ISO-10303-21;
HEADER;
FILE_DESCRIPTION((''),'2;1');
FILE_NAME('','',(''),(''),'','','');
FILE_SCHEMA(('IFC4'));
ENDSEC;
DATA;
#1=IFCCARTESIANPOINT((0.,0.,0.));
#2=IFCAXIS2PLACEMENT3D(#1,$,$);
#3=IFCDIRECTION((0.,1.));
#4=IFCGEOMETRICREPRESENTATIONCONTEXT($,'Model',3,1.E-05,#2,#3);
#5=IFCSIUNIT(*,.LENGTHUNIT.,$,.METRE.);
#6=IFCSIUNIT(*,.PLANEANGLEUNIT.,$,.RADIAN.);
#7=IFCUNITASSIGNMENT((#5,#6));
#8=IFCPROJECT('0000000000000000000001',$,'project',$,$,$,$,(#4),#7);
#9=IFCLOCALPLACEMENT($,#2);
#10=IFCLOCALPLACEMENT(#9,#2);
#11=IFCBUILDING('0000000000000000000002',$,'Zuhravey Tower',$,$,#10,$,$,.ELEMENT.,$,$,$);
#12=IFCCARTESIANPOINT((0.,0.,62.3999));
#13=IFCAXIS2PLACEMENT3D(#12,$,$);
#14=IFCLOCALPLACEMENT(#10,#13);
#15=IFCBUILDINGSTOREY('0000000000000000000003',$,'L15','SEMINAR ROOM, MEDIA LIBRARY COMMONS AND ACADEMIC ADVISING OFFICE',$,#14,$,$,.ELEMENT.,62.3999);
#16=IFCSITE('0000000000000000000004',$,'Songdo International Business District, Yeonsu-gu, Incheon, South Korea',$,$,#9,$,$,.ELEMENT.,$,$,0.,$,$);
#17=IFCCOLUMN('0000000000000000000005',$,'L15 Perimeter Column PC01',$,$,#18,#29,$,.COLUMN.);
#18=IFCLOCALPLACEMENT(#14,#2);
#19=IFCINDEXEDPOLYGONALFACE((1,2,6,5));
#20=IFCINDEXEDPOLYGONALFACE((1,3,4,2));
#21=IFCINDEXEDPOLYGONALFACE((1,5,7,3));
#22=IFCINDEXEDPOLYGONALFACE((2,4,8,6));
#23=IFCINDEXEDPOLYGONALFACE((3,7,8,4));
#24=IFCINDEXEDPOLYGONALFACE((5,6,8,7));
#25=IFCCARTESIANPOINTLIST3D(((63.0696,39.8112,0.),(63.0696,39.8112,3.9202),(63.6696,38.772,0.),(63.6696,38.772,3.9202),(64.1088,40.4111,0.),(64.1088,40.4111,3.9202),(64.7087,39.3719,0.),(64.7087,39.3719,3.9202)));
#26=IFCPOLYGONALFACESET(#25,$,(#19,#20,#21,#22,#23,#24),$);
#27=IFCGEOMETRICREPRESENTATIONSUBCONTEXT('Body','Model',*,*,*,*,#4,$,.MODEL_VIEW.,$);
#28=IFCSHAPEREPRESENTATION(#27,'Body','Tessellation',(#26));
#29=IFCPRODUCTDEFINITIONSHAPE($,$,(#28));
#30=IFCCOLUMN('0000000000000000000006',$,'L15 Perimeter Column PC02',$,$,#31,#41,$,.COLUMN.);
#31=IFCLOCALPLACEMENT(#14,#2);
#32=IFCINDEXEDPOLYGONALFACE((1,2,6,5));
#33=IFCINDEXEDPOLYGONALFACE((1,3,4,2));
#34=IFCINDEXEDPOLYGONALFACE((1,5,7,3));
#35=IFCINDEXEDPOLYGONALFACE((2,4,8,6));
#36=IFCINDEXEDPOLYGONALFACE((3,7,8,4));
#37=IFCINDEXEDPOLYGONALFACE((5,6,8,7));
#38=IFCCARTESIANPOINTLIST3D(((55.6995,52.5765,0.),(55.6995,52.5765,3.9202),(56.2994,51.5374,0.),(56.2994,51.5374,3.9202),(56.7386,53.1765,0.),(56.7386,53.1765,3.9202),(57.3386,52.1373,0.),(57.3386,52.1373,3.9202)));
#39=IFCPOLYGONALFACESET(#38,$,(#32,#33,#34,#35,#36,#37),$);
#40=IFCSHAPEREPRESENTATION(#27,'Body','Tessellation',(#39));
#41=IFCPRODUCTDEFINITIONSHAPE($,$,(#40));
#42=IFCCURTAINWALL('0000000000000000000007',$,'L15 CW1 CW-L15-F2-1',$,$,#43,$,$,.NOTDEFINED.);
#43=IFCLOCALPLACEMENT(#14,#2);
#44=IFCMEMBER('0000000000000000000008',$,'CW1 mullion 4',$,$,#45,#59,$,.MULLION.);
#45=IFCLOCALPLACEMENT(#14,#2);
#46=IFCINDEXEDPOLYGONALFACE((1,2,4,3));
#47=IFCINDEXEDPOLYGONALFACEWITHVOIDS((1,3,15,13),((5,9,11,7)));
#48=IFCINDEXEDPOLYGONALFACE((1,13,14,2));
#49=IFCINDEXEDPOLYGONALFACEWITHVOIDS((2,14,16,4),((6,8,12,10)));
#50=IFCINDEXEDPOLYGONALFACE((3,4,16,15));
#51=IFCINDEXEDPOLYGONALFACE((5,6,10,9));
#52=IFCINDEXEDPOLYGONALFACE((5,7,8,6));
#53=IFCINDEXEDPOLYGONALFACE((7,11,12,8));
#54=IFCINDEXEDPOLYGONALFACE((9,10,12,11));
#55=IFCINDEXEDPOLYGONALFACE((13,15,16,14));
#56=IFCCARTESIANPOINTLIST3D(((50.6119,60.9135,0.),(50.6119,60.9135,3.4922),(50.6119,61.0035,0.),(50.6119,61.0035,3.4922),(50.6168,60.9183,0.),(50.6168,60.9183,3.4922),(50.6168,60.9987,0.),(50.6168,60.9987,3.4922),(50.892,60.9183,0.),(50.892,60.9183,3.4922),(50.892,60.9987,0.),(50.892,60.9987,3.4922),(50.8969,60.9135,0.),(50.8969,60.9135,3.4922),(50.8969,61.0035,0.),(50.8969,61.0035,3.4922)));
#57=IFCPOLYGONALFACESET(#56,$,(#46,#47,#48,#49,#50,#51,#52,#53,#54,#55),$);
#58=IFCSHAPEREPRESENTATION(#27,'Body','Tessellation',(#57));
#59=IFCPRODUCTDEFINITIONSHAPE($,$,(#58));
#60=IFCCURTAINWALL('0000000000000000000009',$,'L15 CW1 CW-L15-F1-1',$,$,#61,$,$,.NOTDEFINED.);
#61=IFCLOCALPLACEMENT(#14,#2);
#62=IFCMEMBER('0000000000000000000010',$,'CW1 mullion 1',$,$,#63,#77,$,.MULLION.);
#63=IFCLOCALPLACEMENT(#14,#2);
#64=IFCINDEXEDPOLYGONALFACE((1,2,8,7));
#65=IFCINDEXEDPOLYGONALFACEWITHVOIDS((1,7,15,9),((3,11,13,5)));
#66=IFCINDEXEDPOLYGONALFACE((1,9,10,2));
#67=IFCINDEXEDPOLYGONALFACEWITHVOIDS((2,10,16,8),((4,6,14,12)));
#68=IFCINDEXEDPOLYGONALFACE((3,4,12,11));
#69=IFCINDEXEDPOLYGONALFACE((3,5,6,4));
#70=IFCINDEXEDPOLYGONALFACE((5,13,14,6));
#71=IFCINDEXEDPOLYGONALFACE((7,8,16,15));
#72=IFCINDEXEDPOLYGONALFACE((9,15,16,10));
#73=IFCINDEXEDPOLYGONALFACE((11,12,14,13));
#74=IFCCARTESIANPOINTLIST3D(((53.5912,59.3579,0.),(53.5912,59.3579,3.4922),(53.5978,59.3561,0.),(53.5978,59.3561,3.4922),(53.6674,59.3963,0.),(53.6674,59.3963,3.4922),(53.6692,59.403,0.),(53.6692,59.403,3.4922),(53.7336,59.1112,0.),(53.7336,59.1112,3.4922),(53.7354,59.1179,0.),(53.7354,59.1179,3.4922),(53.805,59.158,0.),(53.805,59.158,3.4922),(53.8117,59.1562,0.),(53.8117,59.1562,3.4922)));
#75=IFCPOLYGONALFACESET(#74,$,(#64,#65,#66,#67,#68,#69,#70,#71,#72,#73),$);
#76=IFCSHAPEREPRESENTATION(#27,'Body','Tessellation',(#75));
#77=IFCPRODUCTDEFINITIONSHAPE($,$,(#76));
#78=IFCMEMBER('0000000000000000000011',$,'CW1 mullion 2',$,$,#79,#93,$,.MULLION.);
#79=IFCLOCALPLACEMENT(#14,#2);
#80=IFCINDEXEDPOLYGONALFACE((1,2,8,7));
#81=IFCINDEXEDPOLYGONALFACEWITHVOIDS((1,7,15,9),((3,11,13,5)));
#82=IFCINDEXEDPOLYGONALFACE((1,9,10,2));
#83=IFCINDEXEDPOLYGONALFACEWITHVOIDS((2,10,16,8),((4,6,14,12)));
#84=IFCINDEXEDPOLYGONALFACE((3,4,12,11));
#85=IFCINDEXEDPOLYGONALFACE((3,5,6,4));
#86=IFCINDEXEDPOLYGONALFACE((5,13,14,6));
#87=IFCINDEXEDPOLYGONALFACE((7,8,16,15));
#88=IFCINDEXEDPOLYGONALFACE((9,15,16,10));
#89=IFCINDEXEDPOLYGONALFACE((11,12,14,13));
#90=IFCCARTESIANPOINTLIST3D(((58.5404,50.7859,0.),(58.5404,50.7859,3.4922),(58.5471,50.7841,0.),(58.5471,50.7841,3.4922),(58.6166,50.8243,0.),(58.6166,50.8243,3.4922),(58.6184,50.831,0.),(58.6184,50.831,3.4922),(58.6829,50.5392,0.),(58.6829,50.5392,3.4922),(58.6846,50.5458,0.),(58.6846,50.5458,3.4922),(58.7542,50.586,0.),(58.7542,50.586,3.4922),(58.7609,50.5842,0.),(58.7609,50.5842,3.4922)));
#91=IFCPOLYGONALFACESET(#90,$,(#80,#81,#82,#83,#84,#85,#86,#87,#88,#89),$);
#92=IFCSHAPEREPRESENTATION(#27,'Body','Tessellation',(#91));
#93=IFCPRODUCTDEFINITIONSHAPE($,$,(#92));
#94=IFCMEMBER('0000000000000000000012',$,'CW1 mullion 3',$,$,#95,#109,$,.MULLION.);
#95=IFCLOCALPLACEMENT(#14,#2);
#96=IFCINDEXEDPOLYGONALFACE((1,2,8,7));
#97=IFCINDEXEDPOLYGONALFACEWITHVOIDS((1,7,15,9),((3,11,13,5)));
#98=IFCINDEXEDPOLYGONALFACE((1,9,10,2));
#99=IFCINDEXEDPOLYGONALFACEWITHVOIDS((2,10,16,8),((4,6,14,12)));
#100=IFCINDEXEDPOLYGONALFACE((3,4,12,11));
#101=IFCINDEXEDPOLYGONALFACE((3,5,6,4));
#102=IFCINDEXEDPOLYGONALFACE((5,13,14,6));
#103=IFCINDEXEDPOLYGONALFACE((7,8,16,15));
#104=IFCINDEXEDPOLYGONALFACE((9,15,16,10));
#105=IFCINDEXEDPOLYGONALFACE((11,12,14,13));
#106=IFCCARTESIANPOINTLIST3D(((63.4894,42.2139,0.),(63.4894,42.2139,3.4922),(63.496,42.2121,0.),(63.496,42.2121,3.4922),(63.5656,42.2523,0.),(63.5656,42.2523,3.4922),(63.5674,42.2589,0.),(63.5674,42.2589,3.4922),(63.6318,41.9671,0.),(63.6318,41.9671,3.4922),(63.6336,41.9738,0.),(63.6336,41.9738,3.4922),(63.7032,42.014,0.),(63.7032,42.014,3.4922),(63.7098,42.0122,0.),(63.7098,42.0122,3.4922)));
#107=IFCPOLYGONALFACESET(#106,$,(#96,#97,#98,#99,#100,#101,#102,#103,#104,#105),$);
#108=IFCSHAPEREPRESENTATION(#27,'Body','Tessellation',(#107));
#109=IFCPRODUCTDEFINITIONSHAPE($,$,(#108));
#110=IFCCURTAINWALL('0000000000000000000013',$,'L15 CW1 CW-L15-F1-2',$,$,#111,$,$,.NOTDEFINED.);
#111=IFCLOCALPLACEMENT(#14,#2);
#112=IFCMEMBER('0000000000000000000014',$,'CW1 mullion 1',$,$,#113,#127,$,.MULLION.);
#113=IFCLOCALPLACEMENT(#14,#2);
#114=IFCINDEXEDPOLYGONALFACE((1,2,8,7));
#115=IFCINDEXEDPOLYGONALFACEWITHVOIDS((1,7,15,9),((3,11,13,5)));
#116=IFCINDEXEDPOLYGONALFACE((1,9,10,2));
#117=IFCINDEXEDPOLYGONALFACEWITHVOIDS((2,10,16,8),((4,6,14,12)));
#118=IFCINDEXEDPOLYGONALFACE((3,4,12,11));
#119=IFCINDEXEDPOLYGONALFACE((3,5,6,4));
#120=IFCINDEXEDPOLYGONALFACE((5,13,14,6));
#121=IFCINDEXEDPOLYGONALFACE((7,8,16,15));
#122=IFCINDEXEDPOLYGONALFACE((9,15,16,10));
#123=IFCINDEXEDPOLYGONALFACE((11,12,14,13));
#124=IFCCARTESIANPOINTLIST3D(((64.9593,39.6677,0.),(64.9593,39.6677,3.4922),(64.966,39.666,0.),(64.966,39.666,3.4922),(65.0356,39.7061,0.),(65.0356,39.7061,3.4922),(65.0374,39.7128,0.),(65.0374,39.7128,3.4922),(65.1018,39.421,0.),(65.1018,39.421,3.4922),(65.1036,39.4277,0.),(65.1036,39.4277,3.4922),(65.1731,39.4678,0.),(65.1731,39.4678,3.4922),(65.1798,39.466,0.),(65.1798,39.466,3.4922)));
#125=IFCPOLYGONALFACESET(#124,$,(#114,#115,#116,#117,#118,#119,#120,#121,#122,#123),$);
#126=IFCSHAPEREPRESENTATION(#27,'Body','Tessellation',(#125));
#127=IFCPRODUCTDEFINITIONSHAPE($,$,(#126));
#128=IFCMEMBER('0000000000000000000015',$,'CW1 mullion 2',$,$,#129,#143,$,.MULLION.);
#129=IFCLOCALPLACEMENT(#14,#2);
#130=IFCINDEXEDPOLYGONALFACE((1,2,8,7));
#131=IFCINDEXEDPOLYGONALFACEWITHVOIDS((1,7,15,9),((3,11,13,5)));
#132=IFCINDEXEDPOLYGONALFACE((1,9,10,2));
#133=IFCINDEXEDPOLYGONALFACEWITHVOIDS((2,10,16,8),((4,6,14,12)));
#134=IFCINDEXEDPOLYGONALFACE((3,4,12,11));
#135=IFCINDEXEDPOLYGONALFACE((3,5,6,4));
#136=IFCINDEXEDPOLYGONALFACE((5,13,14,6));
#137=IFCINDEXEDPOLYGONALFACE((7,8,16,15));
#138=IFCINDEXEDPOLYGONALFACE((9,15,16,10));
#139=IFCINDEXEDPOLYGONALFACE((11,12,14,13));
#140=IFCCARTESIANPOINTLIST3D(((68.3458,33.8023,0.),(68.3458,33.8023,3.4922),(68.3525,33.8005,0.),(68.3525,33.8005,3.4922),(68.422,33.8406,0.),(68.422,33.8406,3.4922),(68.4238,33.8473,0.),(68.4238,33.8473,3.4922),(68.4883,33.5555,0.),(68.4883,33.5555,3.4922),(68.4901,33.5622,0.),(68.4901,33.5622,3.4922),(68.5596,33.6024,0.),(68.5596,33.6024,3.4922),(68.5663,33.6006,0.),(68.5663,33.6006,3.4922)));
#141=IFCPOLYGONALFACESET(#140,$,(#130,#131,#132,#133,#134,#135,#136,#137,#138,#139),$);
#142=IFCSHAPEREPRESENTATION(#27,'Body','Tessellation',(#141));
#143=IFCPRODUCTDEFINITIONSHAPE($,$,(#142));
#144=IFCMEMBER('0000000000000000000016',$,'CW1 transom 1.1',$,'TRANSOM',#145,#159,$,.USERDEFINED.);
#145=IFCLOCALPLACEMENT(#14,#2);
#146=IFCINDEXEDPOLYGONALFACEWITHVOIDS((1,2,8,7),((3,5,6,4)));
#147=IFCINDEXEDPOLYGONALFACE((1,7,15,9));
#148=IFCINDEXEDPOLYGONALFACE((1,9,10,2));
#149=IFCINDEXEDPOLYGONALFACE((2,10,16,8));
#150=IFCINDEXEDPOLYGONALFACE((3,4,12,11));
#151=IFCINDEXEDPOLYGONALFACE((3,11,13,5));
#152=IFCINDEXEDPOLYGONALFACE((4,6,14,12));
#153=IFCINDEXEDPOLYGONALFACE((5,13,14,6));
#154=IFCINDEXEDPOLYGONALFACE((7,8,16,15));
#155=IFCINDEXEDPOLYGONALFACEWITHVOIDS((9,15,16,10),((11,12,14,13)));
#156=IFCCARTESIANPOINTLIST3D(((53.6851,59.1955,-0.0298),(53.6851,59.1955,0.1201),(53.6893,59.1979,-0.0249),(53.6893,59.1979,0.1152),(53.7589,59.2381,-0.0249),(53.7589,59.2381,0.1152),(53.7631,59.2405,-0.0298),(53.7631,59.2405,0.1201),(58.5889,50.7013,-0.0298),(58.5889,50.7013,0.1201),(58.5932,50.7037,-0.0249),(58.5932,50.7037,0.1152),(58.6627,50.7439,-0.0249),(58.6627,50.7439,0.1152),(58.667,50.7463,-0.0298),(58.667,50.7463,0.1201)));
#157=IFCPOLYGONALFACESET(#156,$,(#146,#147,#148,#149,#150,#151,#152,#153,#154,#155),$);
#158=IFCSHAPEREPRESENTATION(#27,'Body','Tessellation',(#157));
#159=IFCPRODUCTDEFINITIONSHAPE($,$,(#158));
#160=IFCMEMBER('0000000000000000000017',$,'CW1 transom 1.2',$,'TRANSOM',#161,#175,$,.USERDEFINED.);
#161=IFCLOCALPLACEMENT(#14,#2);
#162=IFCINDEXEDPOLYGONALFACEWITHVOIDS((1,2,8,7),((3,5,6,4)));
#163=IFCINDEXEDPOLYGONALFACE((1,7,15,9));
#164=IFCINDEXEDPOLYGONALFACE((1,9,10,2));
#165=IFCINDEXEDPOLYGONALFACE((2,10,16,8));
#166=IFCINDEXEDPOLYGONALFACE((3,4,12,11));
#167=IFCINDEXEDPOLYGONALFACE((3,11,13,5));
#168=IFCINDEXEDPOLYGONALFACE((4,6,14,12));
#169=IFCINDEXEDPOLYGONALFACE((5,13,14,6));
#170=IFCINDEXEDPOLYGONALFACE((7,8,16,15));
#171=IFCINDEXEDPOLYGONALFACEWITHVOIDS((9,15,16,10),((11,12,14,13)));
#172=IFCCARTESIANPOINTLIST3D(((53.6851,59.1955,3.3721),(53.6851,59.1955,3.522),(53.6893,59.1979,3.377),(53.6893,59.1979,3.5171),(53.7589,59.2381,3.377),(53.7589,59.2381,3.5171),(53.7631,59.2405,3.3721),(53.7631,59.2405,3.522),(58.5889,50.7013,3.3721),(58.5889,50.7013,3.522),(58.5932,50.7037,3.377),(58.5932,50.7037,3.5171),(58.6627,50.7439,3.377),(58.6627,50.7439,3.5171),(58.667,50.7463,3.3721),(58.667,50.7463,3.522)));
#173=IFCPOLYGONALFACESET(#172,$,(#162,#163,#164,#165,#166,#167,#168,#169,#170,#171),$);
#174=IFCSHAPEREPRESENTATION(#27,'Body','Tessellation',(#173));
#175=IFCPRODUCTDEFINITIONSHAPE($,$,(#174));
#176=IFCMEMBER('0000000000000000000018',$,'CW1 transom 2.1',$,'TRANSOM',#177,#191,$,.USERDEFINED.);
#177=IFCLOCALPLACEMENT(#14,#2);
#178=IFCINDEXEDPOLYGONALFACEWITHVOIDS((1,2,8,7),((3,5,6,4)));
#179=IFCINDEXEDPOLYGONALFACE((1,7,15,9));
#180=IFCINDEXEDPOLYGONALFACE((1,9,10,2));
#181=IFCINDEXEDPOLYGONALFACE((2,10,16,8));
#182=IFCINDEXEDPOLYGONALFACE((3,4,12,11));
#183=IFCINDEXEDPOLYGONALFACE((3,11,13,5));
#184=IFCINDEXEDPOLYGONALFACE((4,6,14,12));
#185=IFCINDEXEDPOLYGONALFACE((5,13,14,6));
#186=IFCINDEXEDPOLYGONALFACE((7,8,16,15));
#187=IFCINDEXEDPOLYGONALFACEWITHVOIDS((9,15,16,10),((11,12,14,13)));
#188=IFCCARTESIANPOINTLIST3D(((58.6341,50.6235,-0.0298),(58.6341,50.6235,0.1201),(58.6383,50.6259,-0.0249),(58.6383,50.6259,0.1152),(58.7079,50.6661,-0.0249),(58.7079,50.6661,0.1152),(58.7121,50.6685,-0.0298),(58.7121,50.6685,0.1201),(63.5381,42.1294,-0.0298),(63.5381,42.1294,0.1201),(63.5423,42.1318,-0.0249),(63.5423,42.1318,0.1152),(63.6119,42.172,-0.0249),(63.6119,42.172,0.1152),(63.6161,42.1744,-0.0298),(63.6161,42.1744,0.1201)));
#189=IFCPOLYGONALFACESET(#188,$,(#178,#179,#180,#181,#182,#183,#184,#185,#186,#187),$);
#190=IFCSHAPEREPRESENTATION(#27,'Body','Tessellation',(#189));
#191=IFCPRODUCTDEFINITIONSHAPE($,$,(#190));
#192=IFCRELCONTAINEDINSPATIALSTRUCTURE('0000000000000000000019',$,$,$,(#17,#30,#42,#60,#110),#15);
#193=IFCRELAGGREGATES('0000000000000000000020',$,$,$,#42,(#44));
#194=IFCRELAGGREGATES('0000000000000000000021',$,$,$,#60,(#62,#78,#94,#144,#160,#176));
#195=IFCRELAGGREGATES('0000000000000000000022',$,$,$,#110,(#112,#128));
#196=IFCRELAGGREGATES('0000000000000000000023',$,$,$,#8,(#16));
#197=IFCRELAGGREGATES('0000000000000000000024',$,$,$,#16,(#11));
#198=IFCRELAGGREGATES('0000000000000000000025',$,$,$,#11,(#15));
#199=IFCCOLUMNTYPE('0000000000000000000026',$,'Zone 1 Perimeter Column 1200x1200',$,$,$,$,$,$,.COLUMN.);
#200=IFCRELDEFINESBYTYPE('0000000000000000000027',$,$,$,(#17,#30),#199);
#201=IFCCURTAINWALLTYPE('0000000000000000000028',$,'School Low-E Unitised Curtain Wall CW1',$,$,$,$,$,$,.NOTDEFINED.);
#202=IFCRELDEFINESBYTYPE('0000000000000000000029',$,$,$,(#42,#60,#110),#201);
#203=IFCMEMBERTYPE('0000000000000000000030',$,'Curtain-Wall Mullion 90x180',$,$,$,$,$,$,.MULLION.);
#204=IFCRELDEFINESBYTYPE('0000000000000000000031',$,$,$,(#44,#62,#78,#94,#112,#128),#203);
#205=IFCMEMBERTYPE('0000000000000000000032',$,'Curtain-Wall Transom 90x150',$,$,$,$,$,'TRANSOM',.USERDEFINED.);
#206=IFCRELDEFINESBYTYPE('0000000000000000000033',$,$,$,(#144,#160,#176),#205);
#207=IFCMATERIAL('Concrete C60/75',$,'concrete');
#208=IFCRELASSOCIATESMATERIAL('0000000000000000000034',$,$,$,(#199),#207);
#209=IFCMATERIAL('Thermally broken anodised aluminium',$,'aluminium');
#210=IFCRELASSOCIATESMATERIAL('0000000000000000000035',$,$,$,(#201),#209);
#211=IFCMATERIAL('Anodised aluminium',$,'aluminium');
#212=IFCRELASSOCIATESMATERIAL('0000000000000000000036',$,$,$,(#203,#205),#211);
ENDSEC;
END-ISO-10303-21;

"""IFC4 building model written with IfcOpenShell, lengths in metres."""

from ifc_helpers import new_model, si_unit, direction, frame, origin, origin_2d, place, context, subcontext, project, spatial, rectangle, hollow_rectangle, extrude, material, material_profile, profile_set, type_object, element, aggregate, save


model = new_model("IFC4")

# Units and contexts
model_context = context("Model", 3, precision=1e-05, world=origin(), true_north=direction((0.0, 1.0)))
body_context = subcontext(model_context, "Body", "Model", "MODEL_VIEW")
ifc_project = project(units=[si_unit("LENGTHUNIT", "METRE"), si_unit("PLANEANGLEUNIT", "RADIAN")], contexts=[model_context])

# Site, building, storey
site_placement = place(None, origin())
site = spatial("IfcSite", under=ifc_project, at=site_placement, Name="Songdo International Business District, Yeonsu-gu, Incheon, South Korea", CompositionType="ELEMENT", RefElevation=0.0)
building_placement = place(site_placement, origin())
building = spatial("IfcBuilding", under=site, at=building_placement, Name="Zuhravey Tower", CompositionType="ELEMENT")
storey_placement = place(building_placement, frame((0.0, 0.0, 62.3999)))
storey = spatial("IfcBuildingStorey", under=building, at=storey_placement, Name="L15", Description="SEMINAR ROOM, MEDIA LIBRARY COMMONS AND ACADEMIC ADVISING OFFICE", CompositionType="ELEMENT", Elevation=62.3999)

# Columns
ifc_material_1 = material(Name="Concrete C60/75", Category="concrete")
ifc_material_profile_1 = material_profile(ifc_material_1, rectangle(XDim=1.2, YDim=1.2, at=origin_2d()), Name="RC-1200x1200")
ifc_profile_set_1 = profile_set([ifc_material_profile_1], Name="Concrete C60/75")
column_type = type_object("IfcColumnType", Name="Zone 1 Perimeter Column 1200x1200", PredefinedType="COLUMN", material=ifc_profile_set_1)
for number, where, z_axis, x_axis, name in (
    (1, (63.8892, 39.5916, 0.0), (0.0, 0.0, 1.0), (-0.5, 0.866025, 0.0), "L15 Perimeter Column PC01"),
    (2, (56.519, 52.3569, 0.0), (0.0, 0.0, 1.0), (-0.5, 0.866025, 0.0), "L15 Perimeter Column PC02"),
):
    element("IfcColumn", number, at=place(storey_placement, frame(where, z_axis=z_axis, x_axis=x_axis)), inside=storey, type_object=column_type, Name=name, PredefinedType="COLUMN", context=body_context, shape_type="SweptSolid", body=[
        extrude(rectangle(XDim=1.2, YDim=1.2, at=origin_2d()), origin(), (0.0, 0.0, 1.0), 3.9202),
    ])

# Curtain wall, member
ifc_material_2 = material(Name="Thermally broken anodised aluminium", Category="aluminium")
curtain_wall_type = type_object("IfcCurtainWallType", Name="School Low-E Unitised Curtain Wall CW1", PredefinedType="NOTDEFINED", material=ifc_material_2)
curtain_wall_1_placement = place(storey_placement, origin())
curtain_wall_1 = element("IfcCurtainWall", 3, at=curtain_wall_1_placement, inside=storey, type_object=curtain_wall_type, Name="L15 CW1 CW-L15-F2-1", PredefinedType="NOTDEFINED")
ifc_material_3 = material(Name="Anodised aluminium", Category="aluminium")
ifc_material_profile_2 = material_profile(ifc_material_3, hollow_rectangle(XDim=0.0901, YDim=0.2849, WallThickness=0.0049, at=origin_2d()), Name="ALU-RHS-90x285x5")
ifc_profile_set_2 = profile_set([ifc_material_profile_2], Name="Anodised aluminium")
member_type_1 = type_object("IfcMemberType", Name="Curtain-Wall Mullion 90x180", PredefinedType="MULLION", material=ifc_profile_set_2)
member_1_placement = place(storey_placement, frame((50.7544, 60.9585, 0.0), z_axis=(0.0, 0.0, 1.0), x_axis=(0.0, 1.0, 0.0)))
member_1 = element("IfcMember", 4, at=member_1_placement, type_object=member_type_1, Name="CW1 mullion 4", PredefinedType="MULLION", context=body_context, shape_type="SweptSolid", body=[
    extrude(hollow_rectangle(XDim=0.0901, YDim=0.2849, WallThickness=0.0049, at=origin_2d()), origin(), (0.0, 0.0, 1.0), 3.4922),
])
aggregate(curtain_wall_1, [member_1])

# Curtain walls, members
curtain_wall_2_placement = place(storey_placement, origin())
curtain_wall_2 = element("IfcCurtainWall", 5, at=curtain_wall_2_placement, inside=storey, type_object=curtain_wall_type, Name="L15 CW1 CW-L15-F1-1", PredefinedType="NOTDEFINED")
member_2_placement = place(storey_placement, frame((53.7014, 59.2571, 0.0), z_axis=(0.0, 0.0, 1.0), x_axis=(0.866026, 0.499999, 0.0)))
member_2 = element("IfcMember", 6, at=member_2_placement, type_object=member_type_1, Name="CW1 mullion 1", PredefinedType="MULLION", context=body_context, shape_type="SweptSolid", body=[
    extrude(hollow_rectangle(XDim=0.0901, YDim=0.2849, WallThickness=0.0049, at=origin_2d()), origin(), (0.0, 0.0, 1.0), 3.4922),
])
member_3_placement = place(storey_placement, frame((58.6506, 50.6851, 0.0), z_axis=(0.0, 0.0, 1.0), x_axis=(0.866026, 0.499999, 0.0)))
member_3 = element("IfcMember", 7, at=member_3_placement, type_object=member_type_1, Name="CW1 mullion 2", PredefinedType="MULLION", context=body_context, shape_type="SweptSolid", body=[
    extrude(hollow_rectangle(XDim=0.0901, YDim=0.2849, WallThickness=0.0049, at=origin_2d()), origin(), (0.0, 0.0, 1.0), 3.4922),
])
member_4_placement = place(storey_placement, frame((63.5996, 42.113, 0.0), z_axis=(0.0, 0.0, 1.0), x_axis=(0.866026, 0.499999, 0.0)))
member_4 = element("IfcMember", 8, at=member_4_placement, type_object=member_type_1, Name="CW1 mullion 3", PredefinedType="MULLION", context=body_context, shape_type="SweptSolid", body=[
    extrude(hollow_rectangle(XDim=0.0901, YDim=0.2849, WallThickness=0.0049, at=origin_2d()), origin(), (0.0, 0.0, 1.0), 3.4922),
])
curtain_wall_3_placement = place(storey_placement, origin())
curtain_wall_3 = element("IfcCurtainWall", 9, at=curtain_wall_3_placement, inside=storey, type_object=curtain_wall_type, Name="L15 CW1 CW-L15-F1-2", PredefinedType="NOTDEFINED")
member_5_placement = place(storey_placement, frame((65.0696, 39.5669, 0.0), z_axis=(0.0, 0.0, 1.0), x_axis=(0.866023, 0.500004, 0.0)))
member_5 = element("IfcMember", 10, at=member_5_placement, type_object=member_type_1, Name="CW1 mullion 1", PredefinedType="MULLION", context=body_context, shape_type="SweptSolid", body=[
    extrude(hollow_rectangle(XDim=0.0901, YDim=0.2849, WallThickness=0.0049, at=origin_2d()), origin(), (0.0, 0.0, 1.0), 3.4922),
])
member_6_placement = place(storey_placement, frame((68.4561, 33.7014, 0.0), z_axis=(0.0, 0.0, 1.0), x_axis=(0.866023, 0.500004, 0.0)))
member_6 = element("IfcMember", 11, at=member_6_placement, type_object=member_type_1, Name="CW1 mullion 2", PredefinedType="MULLION", context=body_context, shape_type="SweptSolid", body=[
    extrude(hollow_rectangle(XDim=0.0901, YDim=0.2849, WallThickness=0.0049, at=origin_2d()), origin(), (0.0, 0.0, 1.0), 3.4922),
])

# Members
ifc_material_profile_3 = material_profile(ifc_material_3, hollow_rectangle(XDim=0.0901, YDim=0.1499, WallThickness=0.0049, at=origin_2d()), Name="ALU-RHS-90x150x5")
ifc_profile_set_3 = profile_set([ifc_material_profile_3], Name="Anodised aluminium")
member_type_2 = type_object("IfcMemberType", Name="Curtain-Wall Transom 90x150", ElementType="TRANSOM", PredefinedType="USERDEFINED", material=ifc_profile_set_3)
member_7_placement = place(storey_placement, frame((53.7241, 59.218, 0.0452), z_axis=(0.499978, -0.866038, 0.0), x_axis=(0.866038, 0.499978, 0.0)))
member_7 = element("IfcMember", 12, at=member_7_placement, type_object=member_type_2, Name="CW1 transom 1.1", ObjectType="TRANSOM", PredefinedType="USERDEFINED", context=body_context, shape_type="SweptSolid", body=[
    extrude(hollow_rectangle(XDim=0.0901, YDim=0.1499, WallThickness=0.0049, at=origin_2d()), origin(), (0.0, 0.0, 1.0), 9.8081),
])
member_8_placement = place(storey_placement, frame((53.7241, 59.218, 3.447), z_axis=(0.499978, -0.866038, 0.0), x_axis=(0.866038, 0.499978, 0.0)))
member_8 = element("IfcMember", 13, at=member_8_placement, type_object=member_type_2, Name="CW1 transom 1.2", ObjectType="TRANSOM", PredefinedType="USERDEFINED", context=body_context, shape_type="SweptSolid", body=[
    extrude(hollow_rectangle(XDim=0.0901, YDim=0.1499, WallThickness=0.0049, at=origin_2d()), origin(), (0.0, 0.0, 1.0), 9.8081),
])
member_9_placement = place(storey_placement, frame((58.6731, 50.646, 0.0452), z_axis=(0.499997, -0.866027, 0.0), x_axis=(0.866027, 0.499997, 0.0)))
member_9 = element("IfcMember", 14, at=member_9_placement, type_object=member_type_2, Name="CW1 transom 2.1", ObjectType="TRANSOM", PredefinedType="USERDEFINED", context=body_context, shape_type="SweptSolid", body=[
    extrude(hollow_rectangle(XDim=0.0901, YDim=0.1499, WallThickness=0.0049, at=origin_2d()), origin(), (0.0, 0.0, 1.0), 9.8081),
])

aggregate(curtain_wall_2, [member_2, member_3, member_4, member_7, member_8, member_9])
aggregate(curtain_wall_3, [member_5, member_6])

save(model, "model.ifc")
